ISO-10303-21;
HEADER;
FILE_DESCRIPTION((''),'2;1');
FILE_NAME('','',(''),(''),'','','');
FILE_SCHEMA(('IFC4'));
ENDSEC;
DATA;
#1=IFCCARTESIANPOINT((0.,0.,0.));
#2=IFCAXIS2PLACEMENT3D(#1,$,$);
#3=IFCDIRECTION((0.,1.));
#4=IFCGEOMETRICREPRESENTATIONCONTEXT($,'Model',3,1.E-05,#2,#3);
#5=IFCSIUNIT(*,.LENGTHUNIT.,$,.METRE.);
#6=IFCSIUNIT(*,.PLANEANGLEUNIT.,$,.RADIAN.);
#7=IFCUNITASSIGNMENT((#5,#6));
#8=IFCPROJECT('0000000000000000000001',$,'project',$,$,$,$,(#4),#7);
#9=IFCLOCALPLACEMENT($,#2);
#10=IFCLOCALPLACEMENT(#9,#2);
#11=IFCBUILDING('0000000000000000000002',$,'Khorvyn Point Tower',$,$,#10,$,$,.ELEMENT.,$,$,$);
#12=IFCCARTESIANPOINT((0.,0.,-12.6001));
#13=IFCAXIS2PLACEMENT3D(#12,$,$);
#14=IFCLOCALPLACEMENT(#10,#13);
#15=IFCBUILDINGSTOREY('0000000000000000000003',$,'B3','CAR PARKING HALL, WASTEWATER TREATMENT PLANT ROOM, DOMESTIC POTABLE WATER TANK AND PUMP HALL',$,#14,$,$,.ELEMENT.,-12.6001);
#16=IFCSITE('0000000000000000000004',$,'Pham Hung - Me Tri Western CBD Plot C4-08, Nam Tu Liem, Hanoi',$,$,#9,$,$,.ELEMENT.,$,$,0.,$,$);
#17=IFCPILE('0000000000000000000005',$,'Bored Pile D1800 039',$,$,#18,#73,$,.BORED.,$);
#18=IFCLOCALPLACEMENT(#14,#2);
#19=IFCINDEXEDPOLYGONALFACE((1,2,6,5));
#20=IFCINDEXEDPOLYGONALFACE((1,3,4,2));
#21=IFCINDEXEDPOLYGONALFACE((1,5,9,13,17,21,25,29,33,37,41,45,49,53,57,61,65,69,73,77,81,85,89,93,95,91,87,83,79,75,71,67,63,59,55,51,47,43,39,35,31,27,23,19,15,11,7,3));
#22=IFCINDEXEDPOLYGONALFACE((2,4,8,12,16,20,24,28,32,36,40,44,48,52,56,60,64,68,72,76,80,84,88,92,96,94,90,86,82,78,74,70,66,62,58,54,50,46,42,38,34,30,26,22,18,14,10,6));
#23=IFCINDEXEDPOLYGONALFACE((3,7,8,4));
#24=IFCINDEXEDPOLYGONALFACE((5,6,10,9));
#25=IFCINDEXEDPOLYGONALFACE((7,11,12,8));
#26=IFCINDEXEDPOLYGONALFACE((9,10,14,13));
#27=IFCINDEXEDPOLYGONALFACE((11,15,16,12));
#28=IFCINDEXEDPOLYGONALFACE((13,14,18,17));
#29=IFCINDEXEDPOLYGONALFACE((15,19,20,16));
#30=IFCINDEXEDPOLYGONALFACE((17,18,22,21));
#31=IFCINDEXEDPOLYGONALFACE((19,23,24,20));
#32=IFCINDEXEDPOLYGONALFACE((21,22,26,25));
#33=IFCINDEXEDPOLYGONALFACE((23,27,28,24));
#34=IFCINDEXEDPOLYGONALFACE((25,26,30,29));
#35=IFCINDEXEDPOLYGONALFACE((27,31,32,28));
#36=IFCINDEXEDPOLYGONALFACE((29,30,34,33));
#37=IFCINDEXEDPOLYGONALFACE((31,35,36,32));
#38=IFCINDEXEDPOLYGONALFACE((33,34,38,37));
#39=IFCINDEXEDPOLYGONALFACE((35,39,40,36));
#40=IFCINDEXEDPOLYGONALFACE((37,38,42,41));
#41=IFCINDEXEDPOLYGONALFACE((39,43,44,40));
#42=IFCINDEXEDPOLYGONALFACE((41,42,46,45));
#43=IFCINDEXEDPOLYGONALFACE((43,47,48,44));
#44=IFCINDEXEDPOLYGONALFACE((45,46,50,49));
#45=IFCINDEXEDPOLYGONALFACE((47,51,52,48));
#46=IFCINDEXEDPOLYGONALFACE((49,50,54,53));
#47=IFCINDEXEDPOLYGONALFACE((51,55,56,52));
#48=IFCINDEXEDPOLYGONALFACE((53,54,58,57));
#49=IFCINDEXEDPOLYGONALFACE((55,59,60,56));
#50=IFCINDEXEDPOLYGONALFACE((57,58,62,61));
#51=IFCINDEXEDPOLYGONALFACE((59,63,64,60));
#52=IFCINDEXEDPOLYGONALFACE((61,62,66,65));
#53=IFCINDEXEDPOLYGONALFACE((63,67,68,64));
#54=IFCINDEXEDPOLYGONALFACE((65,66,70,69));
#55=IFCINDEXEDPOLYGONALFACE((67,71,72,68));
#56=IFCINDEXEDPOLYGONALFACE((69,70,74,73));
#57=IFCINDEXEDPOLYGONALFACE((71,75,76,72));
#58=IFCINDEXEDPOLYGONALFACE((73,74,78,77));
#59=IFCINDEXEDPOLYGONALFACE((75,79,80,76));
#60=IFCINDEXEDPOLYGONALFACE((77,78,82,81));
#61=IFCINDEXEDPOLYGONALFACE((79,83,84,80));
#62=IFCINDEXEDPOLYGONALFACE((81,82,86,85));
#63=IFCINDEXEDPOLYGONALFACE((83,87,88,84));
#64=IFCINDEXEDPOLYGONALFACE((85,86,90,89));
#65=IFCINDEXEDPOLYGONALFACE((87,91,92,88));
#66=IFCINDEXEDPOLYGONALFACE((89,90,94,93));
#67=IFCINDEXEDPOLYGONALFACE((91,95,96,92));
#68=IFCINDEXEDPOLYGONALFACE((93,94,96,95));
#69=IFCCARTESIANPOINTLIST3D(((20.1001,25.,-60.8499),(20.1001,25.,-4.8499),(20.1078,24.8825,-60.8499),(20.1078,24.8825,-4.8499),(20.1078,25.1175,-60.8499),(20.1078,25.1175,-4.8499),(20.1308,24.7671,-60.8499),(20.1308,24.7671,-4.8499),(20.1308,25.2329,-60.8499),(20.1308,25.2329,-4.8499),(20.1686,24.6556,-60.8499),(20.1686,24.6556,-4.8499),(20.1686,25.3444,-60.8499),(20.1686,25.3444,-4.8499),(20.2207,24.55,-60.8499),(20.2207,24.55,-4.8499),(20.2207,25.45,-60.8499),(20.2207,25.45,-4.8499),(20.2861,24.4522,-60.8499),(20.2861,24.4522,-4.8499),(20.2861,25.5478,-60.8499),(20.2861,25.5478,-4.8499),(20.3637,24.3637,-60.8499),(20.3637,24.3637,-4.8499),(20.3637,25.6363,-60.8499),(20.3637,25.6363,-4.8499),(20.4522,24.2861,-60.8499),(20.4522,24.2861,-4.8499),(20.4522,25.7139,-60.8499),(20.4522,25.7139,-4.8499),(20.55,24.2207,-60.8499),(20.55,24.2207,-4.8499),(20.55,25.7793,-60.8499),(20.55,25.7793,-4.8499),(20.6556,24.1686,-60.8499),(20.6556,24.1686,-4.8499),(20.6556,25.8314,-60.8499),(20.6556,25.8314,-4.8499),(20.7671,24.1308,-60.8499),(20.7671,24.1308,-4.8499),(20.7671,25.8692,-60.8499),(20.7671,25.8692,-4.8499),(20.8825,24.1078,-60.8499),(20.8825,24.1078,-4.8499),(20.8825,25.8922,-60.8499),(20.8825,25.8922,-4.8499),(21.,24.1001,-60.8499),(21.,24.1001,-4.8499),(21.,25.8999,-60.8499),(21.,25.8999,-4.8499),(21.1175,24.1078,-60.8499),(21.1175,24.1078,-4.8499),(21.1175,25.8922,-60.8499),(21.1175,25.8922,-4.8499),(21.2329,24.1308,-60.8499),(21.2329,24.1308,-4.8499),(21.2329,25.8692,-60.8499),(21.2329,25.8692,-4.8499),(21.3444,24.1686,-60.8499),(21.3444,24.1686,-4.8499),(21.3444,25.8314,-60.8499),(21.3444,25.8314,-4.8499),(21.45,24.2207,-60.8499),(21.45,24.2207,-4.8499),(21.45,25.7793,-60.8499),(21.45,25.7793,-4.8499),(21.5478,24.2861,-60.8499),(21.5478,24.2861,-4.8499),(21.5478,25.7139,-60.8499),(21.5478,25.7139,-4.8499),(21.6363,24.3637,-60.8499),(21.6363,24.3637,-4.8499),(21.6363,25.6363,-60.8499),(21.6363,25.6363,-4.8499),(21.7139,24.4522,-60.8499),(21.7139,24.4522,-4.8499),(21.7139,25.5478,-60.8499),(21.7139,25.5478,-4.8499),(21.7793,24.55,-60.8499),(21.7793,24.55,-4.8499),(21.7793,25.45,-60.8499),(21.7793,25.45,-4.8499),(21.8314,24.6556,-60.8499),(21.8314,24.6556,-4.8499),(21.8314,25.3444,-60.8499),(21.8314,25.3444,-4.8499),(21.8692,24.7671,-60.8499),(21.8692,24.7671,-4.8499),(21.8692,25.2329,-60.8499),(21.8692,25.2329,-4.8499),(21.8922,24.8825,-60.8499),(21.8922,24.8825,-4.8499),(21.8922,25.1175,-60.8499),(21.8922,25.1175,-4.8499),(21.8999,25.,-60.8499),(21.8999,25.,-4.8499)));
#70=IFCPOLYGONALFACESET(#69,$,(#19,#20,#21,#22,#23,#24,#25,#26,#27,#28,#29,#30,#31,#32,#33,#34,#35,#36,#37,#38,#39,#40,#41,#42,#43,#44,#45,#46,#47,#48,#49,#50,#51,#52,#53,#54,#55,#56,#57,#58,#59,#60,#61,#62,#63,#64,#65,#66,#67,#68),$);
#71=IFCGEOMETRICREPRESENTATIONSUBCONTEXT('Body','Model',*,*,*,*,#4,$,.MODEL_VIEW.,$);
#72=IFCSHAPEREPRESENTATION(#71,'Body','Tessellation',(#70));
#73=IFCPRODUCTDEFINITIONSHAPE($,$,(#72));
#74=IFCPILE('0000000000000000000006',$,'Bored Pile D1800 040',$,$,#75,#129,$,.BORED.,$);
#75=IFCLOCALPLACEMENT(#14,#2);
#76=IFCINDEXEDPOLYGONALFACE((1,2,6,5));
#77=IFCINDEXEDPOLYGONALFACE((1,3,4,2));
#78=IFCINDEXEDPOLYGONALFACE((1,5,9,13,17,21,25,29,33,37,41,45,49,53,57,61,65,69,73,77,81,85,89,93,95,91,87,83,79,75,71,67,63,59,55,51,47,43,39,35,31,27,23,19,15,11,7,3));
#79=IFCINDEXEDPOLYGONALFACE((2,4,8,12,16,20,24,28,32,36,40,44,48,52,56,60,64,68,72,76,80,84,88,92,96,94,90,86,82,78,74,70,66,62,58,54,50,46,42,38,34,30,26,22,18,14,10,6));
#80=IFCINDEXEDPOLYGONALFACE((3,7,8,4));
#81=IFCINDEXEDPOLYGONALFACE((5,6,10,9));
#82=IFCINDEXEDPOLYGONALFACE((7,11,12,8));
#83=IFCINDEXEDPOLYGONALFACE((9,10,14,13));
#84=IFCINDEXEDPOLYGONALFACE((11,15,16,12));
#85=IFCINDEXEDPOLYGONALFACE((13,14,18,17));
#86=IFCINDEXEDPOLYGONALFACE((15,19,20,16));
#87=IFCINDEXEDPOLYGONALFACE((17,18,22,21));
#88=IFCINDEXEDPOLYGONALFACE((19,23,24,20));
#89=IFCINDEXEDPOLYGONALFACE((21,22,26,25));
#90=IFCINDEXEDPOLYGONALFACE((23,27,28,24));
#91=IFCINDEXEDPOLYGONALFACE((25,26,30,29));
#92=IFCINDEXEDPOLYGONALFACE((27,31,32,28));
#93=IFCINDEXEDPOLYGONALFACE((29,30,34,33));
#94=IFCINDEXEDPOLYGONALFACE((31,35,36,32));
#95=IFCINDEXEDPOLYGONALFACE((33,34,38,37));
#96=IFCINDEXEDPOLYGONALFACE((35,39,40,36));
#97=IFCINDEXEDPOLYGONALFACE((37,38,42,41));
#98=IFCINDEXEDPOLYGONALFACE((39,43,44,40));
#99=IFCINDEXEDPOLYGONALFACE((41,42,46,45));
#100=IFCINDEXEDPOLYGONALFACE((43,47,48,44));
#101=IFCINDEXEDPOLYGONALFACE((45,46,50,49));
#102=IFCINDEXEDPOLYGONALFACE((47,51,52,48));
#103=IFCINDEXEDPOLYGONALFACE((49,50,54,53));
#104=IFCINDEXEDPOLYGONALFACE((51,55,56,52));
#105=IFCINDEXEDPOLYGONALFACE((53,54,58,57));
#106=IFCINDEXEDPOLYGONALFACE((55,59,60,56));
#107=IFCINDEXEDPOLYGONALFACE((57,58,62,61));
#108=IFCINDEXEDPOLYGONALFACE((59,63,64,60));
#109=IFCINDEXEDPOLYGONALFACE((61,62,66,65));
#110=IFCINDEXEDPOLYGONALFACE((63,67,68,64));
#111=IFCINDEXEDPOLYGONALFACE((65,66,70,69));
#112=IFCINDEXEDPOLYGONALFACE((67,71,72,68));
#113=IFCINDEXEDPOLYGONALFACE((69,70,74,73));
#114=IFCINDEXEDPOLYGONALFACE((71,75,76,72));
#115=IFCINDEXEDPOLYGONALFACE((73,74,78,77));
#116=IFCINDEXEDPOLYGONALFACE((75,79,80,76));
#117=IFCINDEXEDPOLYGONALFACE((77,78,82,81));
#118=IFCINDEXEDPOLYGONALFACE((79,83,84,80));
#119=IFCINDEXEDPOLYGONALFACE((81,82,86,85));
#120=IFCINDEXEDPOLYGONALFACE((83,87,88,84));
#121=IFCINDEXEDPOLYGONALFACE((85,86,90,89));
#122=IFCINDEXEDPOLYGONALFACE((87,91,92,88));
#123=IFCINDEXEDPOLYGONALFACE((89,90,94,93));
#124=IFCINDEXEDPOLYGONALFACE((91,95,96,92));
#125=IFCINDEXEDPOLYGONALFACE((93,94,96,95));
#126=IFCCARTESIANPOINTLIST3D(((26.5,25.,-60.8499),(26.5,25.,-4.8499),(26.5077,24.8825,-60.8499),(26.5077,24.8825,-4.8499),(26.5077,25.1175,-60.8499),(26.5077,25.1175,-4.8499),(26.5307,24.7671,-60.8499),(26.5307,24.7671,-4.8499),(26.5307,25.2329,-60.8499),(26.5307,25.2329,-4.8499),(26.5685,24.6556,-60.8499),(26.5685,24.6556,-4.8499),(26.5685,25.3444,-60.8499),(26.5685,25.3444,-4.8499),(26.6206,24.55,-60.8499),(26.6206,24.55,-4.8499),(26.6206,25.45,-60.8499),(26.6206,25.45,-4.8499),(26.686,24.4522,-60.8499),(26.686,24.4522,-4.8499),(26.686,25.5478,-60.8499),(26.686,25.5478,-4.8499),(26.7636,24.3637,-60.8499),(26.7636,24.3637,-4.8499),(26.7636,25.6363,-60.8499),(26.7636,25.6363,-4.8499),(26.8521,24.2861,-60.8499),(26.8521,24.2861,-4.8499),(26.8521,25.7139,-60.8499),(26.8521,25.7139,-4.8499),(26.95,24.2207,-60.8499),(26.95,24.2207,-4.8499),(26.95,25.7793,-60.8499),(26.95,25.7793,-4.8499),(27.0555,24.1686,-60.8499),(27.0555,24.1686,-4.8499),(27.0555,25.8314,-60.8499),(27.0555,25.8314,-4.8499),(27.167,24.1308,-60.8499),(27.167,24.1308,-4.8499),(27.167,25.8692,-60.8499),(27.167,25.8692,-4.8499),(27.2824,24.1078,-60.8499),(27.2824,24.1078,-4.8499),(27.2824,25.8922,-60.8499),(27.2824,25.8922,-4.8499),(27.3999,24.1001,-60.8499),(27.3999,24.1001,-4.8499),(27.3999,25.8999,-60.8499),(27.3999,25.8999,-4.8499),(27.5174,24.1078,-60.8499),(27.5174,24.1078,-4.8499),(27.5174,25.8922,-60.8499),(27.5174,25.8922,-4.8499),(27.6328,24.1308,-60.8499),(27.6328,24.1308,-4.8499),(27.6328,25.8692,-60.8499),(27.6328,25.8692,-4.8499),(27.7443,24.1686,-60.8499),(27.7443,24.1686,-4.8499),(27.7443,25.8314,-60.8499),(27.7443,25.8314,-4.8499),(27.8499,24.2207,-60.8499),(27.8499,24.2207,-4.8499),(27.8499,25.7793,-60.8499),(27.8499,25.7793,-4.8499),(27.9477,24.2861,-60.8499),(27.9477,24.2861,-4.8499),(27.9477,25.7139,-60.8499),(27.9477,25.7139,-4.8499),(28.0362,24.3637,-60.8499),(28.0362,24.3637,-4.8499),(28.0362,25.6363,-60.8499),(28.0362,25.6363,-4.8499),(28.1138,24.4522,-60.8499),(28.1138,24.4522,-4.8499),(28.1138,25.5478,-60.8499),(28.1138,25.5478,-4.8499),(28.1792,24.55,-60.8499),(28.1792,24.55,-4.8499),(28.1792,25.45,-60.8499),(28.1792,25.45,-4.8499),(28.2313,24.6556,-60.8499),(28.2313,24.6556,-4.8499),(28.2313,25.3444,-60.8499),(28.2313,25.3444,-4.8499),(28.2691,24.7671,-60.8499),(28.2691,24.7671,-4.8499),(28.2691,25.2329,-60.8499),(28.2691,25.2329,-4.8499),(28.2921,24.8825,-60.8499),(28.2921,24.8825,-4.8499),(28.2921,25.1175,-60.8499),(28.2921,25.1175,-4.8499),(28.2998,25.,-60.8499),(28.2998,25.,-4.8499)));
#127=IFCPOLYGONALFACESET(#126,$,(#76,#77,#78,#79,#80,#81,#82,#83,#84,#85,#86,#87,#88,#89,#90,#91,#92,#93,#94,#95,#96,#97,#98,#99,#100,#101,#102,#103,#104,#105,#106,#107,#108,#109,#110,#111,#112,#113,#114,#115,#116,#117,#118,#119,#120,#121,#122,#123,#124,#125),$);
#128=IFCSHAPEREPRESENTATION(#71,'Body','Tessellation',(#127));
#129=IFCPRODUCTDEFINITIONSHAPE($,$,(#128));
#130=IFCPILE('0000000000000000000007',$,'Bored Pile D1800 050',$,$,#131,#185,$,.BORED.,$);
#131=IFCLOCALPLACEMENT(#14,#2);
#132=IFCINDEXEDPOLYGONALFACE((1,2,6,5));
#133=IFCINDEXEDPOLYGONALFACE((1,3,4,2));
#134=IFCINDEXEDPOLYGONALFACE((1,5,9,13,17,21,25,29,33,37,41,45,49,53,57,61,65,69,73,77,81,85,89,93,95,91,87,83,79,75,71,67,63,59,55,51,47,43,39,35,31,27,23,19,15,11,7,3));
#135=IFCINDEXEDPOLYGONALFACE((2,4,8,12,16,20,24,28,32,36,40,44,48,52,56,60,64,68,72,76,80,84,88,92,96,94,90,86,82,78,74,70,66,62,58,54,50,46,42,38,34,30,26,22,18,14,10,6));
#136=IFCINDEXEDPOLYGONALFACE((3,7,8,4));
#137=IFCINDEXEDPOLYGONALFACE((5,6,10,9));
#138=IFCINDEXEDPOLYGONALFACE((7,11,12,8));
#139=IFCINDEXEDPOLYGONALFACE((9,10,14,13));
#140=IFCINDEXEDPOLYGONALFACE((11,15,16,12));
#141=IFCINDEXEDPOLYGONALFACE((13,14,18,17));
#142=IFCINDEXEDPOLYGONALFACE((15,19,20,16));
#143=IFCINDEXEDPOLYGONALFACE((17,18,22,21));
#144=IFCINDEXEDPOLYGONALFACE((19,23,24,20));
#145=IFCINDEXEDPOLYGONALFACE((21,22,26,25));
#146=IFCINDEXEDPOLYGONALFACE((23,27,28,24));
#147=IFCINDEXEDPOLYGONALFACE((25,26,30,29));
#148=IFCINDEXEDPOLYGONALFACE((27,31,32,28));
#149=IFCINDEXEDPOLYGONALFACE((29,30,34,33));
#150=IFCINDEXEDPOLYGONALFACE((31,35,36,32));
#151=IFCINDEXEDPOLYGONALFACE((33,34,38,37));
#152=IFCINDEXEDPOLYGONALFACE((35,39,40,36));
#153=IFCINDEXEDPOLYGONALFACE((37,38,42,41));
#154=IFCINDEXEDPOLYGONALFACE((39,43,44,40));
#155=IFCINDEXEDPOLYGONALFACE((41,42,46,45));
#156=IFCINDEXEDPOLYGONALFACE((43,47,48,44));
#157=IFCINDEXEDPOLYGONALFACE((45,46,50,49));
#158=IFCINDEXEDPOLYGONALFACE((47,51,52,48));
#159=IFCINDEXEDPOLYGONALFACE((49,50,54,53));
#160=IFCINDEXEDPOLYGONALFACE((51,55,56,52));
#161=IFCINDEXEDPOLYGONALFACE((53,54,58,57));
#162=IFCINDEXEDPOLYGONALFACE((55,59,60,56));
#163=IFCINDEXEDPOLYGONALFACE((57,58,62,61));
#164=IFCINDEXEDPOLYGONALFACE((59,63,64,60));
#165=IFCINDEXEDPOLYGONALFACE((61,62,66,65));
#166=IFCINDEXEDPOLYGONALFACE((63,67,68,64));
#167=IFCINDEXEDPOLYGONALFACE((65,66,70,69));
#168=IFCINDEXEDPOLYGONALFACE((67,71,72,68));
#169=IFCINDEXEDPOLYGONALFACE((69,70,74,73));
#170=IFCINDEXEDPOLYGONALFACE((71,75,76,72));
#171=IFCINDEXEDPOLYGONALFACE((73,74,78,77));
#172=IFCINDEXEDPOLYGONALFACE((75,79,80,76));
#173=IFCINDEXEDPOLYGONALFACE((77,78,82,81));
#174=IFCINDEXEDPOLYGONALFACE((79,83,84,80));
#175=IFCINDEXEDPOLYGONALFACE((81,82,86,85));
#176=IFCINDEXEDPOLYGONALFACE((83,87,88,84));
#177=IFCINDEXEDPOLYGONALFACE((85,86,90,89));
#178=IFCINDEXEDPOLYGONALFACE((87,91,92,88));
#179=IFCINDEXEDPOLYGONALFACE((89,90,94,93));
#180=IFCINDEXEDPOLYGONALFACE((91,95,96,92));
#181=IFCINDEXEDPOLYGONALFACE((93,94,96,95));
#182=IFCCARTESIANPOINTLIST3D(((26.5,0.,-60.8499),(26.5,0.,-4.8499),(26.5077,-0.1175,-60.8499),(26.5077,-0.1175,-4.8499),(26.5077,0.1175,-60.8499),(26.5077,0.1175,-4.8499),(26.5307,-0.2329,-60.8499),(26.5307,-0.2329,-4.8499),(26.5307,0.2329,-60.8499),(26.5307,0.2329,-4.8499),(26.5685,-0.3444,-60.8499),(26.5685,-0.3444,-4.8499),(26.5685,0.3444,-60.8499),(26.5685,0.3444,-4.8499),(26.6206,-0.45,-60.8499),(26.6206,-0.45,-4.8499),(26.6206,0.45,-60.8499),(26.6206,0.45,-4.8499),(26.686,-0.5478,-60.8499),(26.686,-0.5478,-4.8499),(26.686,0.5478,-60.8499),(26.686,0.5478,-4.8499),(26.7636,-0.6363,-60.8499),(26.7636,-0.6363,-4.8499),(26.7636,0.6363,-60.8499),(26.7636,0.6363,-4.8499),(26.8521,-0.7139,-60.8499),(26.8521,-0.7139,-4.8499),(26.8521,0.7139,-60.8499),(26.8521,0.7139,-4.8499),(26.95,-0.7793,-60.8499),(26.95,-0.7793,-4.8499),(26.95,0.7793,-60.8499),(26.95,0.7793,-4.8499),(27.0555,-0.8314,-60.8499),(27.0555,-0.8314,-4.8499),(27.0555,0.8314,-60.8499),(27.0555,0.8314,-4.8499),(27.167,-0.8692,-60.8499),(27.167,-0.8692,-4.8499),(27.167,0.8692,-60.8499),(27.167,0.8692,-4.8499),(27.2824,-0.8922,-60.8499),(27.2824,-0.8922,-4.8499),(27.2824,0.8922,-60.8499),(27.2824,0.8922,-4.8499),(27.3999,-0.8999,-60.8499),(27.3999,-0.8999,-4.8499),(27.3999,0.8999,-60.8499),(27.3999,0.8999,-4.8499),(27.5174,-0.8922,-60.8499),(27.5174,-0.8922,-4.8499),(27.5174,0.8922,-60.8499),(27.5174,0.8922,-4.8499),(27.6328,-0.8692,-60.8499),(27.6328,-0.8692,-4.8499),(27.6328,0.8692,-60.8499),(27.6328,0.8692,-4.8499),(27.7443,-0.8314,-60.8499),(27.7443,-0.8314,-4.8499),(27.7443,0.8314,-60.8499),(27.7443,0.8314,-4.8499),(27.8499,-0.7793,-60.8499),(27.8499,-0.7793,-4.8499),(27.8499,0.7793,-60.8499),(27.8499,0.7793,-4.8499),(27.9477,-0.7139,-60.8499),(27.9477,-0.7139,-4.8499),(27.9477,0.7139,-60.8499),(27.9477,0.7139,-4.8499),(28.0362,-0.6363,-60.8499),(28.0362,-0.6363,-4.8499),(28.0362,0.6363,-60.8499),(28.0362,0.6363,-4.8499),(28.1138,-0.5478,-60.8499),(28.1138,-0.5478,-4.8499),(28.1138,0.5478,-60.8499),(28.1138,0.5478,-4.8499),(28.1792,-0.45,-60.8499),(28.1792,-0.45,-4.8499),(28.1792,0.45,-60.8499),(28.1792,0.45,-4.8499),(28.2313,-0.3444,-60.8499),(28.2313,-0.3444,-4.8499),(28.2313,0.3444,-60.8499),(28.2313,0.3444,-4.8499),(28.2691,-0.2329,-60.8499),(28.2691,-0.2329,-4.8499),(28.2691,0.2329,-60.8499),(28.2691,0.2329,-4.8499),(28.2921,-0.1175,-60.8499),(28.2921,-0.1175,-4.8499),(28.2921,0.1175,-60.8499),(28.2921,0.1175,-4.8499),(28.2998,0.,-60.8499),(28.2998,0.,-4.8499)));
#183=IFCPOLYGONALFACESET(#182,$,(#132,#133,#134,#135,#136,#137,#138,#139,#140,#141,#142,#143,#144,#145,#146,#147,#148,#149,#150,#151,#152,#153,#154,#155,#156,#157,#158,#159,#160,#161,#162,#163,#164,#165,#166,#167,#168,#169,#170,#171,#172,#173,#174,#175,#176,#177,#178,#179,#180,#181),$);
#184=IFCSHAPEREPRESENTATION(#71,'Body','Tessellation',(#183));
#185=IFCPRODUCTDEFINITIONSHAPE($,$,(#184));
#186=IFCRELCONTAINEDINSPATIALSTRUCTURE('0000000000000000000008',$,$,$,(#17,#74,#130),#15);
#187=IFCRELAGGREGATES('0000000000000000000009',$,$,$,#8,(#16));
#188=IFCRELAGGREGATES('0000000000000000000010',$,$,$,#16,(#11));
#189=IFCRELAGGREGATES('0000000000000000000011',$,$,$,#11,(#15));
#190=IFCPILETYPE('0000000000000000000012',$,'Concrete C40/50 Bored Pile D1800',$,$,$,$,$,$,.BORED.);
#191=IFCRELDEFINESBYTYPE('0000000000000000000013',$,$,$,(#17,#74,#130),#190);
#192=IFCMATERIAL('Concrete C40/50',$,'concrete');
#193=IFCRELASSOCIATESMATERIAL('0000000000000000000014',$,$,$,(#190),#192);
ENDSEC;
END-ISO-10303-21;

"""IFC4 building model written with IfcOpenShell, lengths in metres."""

from ifc_helpers import new_model, si_unit, direction, frame, origin, origin_2d, place, context, subcontext, project, spatial, circle, extrude, material, material_profile, profile_set, type_object, element, save


model = new_model("IFC4")

# Units and contexts
model_context = context("Model", 3, precision=1e-05, world=origin(), true_north=direction((0.0, 1.0)))
body_context = subcontext(model_context, "Body", "Model", "MODEL_VIEW")
ifc_project = project(units=[si_unit("LENGTHUNIT", "METRE"), si_unit("PLANEANGLEUNIT", "RADIAN")], contexts=[model_context])

# Site, building, storey
site_placement = place(None, origin())
site = spatial("IfcSite", under=ifc_project, at=site_placement, Name="Pham Hung - Me Tri Western CBD Plot C4-08, Nam Tu Liem, Hanoi", CompositionType="ELEMENT", RefElevation=0.0)
building_placement = place(site_placement, origin())
building = spatial("IfcBuilding", under=site, at=building_placement, Name="Khorvyn Point Tower", CompositionType="ELEMENT")
storey_placement = place(building_placement, frame((0.0, 0.0, -12.6001)))
storey = spatial("IfcBuildingStorey", under=building, at=storey_placement, Name="B3", Description="CAR PARKING HALL, WASTEWATER TREATMENT PLANT ROOM, DOMESTIC POTABLE WATER TANK AND PUMP HALL", CompositionType="ELEMENT", Elevation=-12.6001)

# Piles
ifc_material_1 = material(Name="Concrete C40/50", Category="concrete")
ifc_material_profile_1 = material_profile(ifc_material_1, circle(Radius=0.8999, at=origin_2d()))
ifc_profile_set_1 = profile_set([ifc_material_profile_1], Name="Concrete C40/50 PILE-D1800")
pile_type_1 = type_object("IfcPileType", Name="Concrete C40/50 Bored Pile D1800", PredefinedType="BORED", material=ifc_profile_set_1)
for number, where, z_axis, x_axis, name in (
    (1, (21.0, 25.0, -4.8499), (0.0, 0.0, -1.0), (1.0, 0.0, 0.0), "Bored Pile D1800 039"),
    (2, (27.3999, 25.0, -4.8499), (0.0, 0.0, -1.0), (1.0, 0.0, 0.0), "Bored Pile D1800 040"),
    (3, (27.3999, 0.0, -4.8499), (0.0, 0.0, -1.0), (1.0, 0.0, 0.0), "Bored Pile D1800 050"),
):
    element("IfcPile", number, at=place(storey_placement, frame(where, z_axis=z_axis, x_axis=x_axis)), inside=storey, type_object=pile_type_1, Name=name, PredefinedType="BORED", context=body_context, shape_type="SweptSolid", body=[
        extrude(circle(Radius=0.8999, at=origin_2d()), origin(), (0.0, 0.0, 1.0), 56.0),
    ])

save(model, "model.ifc")
